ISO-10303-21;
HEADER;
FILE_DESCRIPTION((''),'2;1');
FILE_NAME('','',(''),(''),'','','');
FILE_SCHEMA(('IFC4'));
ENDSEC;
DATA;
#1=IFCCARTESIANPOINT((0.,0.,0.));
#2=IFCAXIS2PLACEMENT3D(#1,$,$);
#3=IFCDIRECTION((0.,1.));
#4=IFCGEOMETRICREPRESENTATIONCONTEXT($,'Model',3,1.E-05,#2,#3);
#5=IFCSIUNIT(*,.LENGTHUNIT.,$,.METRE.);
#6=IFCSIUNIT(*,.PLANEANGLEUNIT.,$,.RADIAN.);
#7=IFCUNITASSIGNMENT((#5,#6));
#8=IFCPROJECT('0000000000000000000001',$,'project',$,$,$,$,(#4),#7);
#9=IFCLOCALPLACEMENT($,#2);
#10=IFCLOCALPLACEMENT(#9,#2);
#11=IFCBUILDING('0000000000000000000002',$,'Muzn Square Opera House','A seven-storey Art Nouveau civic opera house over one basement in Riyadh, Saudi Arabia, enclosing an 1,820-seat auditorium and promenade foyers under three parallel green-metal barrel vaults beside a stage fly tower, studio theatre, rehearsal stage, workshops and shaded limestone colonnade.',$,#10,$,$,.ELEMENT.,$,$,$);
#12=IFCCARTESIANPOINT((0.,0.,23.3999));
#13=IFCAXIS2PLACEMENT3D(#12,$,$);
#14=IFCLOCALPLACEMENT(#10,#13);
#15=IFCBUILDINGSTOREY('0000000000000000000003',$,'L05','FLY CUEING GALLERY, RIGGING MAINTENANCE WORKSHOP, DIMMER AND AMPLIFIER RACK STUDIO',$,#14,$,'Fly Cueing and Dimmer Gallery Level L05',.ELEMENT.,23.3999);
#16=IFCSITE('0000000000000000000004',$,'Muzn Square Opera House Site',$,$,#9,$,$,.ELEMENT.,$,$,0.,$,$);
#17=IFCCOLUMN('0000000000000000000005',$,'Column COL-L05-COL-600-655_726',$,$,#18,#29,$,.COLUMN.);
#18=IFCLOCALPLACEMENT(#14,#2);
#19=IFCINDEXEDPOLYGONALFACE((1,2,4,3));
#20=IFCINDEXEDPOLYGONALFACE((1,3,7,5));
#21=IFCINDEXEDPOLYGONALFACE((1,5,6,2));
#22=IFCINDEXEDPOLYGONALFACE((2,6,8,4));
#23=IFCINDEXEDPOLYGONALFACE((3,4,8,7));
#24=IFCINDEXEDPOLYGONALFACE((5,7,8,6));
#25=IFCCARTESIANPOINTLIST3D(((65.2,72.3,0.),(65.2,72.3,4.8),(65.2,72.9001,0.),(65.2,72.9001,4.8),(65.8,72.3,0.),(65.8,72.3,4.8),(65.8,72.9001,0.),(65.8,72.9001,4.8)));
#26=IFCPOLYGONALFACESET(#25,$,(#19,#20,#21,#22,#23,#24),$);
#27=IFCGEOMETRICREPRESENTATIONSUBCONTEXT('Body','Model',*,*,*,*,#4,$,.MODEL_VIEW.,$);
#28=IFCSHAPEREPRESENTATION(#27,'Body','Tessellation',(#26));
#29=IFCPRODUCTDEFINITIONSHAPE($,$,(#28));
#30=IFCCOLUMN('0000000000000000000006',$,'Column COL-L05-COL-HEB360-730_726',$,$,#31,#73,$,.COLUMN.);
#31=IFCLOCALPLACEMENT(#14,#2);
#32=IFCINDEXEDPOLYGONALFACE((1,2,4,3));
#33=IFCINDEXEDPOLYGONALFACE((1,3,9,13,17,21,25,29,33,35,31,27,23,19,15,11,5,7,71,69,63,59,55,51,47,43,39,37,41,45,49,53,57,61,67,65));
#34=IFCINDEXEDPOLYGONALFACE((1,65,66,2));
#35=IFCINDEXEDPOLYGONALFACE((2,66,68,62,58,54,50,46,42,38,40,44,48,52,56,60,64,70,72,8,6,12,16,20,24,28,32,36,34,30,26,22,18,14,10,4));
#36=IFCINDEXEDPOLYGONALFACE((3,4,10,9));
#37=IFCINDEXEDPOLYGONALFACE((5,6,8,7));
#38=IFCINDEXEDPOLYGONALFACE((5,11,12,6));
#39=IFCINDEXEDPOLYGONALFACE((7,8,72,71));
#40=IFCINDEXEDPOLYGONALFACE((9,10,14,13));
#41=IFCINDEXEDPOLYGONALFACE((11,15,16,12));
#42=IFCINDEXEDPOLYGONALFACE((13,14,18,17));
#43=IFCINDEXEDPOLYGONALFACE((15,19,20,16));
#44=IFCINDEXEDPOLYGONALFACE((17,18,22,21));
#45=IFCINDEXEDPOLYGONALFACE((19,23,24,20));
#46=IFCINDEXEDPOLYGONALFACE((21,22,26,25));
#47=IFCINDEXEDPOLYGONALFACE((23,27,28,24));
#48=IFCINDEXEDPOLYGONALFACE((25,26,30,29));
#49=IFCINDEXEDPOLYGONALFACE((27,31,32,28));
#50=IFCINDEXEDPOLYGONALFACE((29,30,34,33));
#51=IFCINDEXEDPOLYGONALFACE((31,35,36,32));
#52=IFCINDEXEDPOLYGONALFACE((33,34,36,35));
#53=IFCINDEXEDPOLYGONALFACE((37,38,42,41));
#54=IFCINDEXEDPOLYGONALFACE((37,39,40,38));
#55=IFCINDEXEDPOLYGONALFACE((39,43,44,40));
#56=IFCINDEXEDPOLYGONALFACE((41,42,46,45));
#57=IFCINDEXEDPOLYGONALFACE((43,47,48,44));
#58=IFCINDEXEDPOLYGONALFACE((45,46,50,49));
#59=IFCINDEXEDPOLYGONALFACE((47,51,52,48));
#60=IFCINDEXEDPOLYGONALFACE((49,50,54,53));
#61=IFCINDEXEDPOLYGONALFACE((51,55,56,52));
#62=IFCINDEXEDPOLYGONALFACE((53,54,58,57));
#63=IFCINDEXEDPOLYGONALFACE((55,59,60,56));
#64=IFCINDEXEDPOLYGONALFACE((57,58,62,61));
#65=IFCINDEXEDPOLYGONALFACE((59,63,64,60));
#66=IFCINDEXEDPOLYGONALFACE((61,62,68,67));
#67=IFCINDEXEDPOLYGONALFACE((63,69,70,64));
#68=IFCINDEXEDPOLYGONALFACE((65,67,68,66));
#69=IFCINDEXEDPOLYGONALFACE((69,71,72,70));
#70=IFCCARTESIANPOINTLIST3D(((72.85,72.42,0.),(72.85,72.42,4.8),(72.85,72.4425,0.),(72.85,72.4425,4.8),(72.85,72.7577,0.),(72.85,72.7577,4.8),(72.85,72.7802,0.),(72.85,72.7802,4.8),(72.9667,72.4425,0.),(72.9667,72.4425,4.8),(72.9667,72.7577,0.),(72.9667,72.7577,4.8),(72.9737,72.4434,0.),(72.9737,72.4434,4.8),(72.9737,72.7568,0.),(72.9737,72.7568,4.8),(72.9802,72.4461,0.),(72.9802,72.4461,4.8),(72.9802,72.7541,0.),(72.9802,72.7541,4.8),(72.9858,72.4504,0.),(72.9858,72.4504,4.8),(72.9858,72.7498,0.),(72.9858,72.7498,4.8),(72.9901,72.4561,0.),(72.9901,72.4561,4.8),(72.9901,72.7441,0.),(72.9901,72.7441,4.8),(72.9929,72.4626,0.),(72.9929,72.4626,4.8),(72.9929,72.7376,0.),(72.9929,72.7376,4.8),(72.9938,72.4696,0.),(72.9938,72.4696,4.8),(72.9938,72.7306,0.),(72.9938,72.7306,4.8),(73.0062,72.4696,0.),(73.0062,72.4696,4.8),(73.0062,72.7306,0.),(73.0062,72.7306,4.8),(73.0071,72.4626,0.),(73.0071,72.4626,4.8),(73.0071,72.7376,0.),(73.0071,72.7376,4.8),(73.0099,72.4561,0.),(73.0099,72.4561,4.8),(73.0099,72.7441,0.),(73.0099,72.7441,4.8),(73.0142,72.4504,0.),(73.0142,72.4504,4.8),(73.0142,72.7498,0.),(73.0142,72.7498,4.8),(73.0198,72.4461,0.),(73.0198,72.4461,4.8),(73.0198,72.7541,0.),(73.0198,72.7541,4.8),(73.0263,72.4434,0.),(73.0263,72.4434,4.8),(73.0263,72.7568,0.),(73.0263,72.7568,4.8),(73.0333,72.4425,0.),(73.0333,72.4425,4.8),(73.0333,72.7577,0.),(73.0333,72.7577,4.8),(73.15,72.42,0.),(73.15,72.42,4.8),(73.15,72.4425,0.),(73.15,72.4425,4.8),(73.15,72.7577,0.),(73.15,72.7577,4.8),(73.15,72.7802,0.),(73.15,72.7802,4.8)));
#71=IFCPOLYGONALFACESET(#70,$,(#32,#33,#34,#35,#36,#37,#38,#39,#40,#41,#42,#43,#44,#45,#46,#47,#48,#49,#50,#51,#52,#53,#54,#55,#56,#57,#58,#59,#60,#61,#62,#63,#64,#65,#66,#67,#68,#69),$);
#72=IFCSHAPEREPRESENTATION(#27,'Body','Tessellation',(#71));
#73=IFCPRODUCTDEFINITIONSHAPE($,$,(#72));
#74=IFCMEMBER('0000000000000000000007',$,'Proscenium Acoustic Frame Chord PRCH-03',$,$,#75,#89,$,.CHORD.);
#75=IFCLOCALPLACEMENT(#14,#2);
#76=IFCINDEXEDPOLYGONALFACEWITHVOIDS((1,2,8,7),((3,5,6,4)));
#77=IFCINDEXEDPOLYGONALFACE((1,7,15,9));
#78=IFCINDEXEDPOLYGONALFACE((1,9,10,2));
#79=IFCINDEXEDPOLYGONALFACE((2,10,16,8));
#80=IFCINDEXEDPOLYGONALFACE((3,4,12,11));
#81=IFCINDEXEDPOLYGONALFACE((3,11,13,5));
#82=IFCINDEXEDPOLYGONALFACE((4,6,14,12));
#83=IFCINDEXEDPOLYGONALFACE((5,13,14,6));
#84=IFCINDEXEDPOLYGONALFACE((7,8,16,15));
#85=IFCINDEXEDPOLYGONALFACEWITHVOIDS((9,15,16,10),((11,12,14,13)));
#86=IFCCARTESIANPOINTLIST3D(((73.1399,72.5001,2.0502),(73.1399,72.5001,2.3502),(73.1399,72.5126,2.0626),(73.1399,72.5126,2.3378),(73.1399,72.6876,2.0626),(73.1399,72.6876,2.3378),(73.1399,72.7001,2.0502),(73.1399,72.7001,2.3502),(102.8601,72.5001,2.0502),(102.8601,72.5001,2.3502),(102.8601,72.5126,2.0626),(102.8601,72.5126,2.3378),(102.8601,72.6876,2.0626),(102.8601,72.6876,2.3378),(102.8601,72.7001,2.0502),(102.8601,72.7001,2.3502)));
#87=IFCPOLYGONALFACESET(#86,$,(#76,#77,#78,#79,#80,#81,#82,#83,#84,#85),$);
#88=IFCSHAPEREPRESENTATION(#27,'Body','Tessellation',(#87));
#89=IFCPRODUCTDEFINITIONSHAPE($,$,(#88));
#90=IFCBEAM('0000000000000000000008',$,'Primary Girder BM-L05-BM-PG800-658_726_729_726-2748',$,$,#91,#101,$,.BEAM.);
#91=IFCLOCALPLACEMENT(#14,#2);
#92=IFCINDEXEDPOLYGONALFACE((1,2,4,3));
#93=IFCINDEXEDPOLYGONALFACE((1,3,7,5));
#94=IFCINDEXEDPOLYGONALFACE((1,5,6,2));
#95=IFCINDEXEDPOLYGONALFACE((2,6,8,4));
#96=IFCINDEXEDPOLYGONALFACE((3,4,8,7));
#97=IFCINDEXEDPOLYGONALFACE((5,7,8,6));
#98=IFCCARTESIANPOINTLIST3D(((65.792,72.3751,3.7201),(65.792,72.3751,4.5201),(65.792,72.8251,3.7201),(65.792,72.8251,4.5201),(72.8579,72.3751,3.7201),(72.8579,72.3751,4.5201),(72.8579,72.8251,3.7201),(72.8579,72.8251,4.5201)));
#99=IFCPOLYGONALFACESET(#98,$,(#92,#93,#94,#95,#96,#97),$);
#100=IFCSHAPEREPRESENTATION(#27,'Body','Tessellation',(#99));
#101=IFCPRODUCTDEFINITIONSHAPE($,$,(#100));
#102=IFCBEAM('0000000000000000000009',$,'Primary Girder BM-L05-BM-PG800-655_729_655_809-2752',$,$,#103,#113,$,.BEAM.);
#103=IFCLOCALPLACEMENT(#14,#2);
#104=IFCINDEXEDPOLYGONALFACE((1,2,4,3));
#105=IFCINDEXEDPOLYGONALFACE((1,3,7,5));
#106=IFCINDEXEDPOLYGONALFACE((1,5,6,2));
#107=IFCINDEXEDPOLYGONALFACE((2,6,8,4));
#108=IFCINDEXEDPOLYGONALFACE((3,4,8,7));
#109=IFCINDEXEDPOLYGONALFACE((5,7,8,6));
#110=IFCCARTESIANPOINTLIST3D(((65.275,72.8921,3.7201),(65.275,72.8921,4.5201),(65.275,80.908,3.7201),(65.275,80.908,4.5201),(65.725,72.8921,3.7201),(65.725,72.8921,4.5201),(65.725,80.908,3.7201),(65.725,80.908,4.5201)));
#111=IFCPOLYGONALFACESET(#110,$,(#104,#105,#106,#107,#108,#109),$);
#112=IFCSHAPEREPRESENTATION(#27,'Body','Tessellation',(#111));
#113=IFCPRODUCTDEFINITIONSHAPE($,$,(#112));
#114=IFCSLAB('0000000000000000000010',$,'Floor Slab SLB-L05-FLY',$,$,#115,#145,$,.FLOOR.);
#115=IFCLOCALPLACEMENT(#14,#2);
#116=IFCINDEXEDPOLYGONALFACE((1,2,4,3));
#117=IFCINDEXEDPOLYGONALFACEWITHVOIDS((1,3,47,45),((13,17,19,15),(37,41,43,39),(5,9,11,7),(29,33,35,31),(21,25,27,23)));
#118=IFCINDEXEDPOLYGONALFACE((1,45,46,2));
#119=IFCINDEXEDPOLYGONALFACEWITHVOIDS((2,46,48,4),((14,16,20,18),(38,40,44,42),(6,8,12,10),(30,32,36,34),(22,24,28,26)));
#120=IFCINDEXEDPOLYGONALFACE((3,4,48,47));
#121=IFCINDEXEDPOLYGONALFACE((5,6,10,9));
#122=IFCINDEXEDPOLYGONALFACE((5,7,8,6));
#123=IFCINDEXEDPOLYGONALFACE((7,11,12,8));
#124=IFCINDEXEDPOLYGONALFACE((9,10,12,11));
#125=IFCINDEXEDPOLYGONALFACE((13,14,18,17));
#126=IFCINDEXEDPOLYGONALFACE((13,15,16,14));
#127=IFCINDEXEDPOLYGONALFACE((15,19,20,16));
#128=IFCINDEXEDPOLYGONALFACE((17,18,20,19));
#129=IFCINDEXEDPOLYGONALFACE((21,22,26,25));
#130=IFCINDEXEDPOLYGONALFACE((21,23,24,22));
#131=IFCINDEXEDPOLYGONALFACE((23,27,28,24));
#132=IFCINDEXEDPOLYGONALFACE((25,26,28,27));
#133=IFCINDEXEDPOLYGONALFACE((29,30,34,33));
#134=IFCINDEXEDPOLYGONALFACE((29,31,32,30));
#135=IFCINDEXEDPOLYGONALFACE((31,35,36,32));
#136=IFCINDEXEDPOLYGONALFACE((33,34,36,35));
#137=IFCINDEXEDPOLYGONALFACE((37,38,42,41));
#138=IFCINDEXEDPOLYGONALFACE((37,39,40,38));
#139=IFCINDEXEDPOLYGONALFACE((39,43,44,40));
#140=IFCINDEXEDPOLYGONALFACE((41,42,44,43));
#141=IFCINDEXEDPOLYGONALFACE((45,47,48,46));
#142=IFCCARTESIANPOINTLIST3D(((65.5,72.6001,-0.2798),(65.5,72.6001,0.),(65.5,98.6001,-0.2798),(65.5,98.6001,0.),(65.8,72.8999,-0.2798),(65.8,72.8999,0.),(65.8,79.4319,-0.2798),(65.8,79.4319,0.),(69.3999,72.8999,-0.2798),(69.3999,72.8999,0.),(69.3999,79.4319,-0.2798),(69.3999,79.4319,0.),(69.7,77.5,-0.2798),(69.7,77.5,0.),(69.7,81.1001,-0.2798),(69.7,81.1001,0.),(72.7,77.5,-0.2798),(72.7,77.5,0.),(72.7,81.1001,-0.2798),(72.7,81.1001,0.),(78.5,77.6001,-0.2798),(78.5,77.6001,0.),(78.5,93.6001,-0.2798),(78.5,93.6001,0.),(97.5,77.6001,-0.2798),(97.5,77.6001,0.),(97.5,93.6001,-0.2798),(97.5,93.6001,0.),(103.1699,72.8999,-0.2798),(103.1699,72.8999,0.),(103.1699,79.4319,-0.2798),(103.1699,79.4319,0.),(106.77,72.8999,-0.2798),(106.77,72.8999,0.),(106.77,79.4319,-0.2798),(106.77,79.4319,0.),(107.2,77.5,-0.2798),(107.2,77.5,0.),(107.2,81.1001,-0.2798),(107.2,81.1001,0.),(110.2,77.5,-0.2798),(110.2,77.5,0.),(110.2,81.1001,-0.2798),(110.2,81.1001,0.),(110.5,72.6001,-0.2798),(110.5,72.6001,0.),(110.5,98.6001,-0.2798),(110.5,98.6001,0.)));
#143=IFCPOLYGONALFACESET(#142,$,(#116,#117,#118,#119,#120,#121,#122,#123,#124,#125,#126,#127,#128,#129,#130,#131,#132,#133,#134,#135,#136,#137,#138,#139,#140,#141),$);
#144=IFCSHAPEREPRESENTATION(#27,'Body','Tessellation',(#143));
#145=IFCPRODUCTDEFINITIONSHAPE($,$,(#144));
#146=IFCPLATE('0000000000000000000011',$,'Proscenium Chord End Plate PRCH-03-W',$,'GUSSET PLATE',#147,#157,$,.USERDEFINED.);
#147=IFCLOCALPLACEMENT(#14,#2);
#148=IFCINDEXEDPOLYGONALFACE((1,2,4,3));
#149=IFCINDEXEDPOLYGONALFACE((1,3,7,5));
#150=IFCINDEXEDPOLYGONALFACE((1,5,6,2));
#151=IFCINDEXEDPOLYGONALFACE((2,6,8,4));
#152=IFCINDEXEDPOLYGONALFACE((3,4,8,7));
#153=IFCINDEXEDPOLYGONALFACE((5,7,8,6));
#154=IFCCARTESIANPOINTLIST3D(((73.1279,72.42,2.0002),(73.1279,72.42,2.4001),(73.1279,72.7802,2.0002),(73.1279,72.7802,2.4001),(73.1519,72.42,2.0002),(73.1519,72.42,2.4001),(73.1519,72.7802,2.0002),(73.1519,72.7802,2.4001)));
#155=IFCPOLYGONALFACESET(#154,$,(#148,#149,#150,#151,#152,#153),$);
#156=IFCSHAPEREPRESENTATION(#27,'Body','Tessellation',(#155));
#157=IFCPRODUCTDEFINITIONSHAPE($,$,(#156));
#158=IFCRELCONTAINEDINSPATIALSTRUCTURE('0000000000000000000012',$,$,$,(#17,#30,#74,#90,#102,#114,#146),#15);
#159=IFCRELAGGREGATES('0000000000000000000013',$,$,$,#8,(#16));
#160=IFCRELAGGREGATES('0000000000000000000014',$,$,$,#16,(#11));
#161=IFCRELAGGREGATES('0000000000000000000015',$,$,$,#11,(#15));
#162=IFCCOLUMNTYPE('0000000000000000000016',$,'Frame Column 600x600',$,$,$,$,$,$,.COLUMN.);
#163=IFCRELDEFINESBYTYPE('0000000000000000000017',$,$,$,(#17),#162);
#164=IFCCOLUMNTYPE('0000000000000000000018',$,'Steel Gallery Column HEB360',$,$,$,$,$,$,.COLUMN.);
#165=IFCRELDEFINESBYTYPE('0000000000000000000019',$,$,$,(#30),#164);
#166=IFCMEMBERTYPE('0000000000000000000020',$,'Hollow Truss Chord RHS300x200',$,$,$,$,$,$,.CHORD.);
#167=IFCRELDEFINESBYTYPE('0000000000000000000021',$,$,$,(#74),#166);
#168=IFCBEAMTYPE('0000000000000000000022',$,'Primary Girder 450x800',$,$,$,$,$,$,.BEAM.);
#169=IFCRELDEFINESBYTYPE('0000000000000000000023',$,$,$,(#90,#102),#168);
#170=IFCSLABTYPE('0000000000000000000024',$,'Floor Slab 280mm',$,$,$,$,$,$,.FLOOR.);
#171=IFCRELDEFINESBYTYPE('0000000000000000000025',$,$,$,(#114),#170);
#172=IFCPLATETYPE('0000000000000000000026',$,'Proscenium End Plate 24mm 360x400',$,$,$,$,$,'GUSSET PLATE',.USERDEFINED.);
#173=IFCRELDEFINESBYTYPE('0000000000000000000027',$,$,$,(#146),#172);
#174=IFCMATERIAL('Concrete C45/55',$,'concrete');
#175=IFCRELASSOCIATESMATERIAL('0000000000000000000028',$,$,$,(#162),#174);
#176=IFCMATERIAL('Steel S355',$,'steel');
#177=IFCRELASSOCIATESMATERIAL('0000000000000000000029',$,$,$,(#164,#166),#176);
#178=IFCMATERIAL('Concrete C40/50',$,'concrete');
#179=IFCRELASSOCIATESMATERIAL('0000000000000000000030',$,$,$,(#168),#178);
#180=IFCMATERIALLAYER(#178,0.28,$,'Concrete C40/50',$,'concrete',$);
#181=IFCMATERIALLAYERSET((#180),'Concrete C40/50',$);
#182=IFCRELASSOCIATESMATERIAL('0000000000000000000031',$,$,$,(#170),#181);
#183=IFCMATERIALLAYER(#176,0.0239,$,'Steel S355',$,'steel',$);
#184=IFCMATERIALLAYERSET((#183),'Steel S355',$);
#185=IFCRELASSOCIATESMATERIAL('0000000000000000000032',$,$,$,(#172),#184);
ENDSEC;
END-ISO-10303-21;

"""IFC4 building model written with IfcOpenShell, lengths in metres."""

from ifc_helpers import new_model, si_unit, direction, frame, origin, origin_2d, place, context, subcontext, project, spatial, polyline, rectangle, hollow_rectangle, i_section, outline, extrude, material, layer, layer_set, material_profile, profile_set, type_object, element, save


model = new_model("IFC4")

# Units and contexts
model_context = context("Model", 3, precision=1e-05, world=origin(), true_north=direction((0.0, 1.0)))
body_context = subcontext(model_context, "Body", "Model", "MODEL_VIEW")
ifc_project = project(units=[si_unit("LENGTHUNIT", "METRE"), si_unit("PLANEANGLEUNIT", "RADIAN")], contexts=[model_context])

# Site, building, storey
site_placement = place(None, origin())
site = spatial("IfcSite", under=ifc_project, at=site_placement, Name="Muzn Square Opera House Site", CompositionType="ELEMENT", RefElevation=0.0)
building_placement = place(site_placement, origin())
building = spatial("IfcBuilding", under=site, at=building_placement, Name="Muzn Square Opera House", Description="A seven-storey Art Nouveau civic opera house over one basement in Riyadh, Saudi Arabia, enclosing an 1,820-seat auditorium and promenade foyers under three parallel green-metal barrel vaults beside a stage fly tower, studio theatre, rehearsal stage, workshops and shaded limestone colonnade.", CompositionType="ELEMENT")
storey_placement = place(building_placement, frame((0.0, 0.0, 23.3999)))
storey = spatial("IfcBuildingStorey", under=building, at=storey_placement, Name="L05", Description="FLY CUEING GALLERY, RIGGING MAINTENANCE WORKSHOP, DIMMER AND AMPLIFIER RACK STUDIO", LongName="Fly Cueing and Dimmer Gallery Level L05", CompositionType="ELEMENT", Elevation=23.3999)

# Columns
ifc_material_1 = material(Name="Concrete C45/55", Category="concrete")
ifc_material_profile_1 = material_profile(ifc_material_1, rectangle(XDim=0.6001, YDim=0.6001, at=origin_2d()), Name="RC 600x600", Category="concrete")
ifc_profile_set_1 = profile_set([ifc_material_profile_1], Name="Concrete C45/55")
column_type_1 = type_object("IfcColumnType", Name="Frame Column 600x600", PredefinedType="COLUMN", material=ifc_profile_set_1)
column_1_placement = place(storey_placement, frame((65.5, 72.6001, 0.0), z_axis=(0.0, 0.0, 1.0), x_axis=(1.0, 0.0, 0.0)))
element("IfcColumn", 1, at=column_1_placement, inside=storey, type_object=column_type_1, Name="Column COL-L05-COL-600-655_726", PredefinedType="COLUMN", context=body_context, shape_type="SweptSolid", body=[
    extrude(rectangle(XDim=0.6001, YDim=0.6001, at=origin_2d()), origin(), (0.0, 0.0, 1.0), 4.8),
])
ifc_material_2 = material(Name="Steel S355", Category="steel")
ifc_material_profile_2 = material_profile(ifc_material_2, i_section(OverallWidth=0.3, OverallDepth=0.3601, WebThickness=0.0125, FlangeThickness=0.0225, FilletRadius=0.0271, at=origin_2d()), Name="HEB 360", Category="steel")
ifc_profile_set_2 = profile_set([ifc_material_profile_2], Name="Steel S355")
column_type_2 = type_object("IfcColumnType", Name="Steel Gallery Column HEB360", PredefinedType="COLUMN", material=ifc_profile_set_2)
column_2_placement = place(storey_placement, frame((73.0, 72.6001, 0.0), z_axis=(0.0, 0.0, 1.0), x_axis=(1.0, 0.0, 0.0)))
element("IfcColumn", 2, at=column_2_placement, inside=storey, type_object=column_type_2, Name="Column COL-L05-COL-HEB360-730_726", PredefinedType="COLUMN", context=body_context, shape_type="SweptSolid", body=[
    extrude(i_section(OverallWidth=0.3, OverallDepth=0.3601, WebThickness=0.0125, FlangeThickness=0.0225, FilletRadius=0.0271, at=origin_2d()), origin(), (0.0, 0.0, 1.0), 4.8),
])

# Member
ifc_material_profile_3 = material_profile(ifc_material_2, hollow_rectangle(XDim=0.2, YDim=0.3, WallThickness=0.0125, at=origin_2d()), Name="RHS 300x200x12.5", Category="steel")
ifc_profile_set_3 = profile_set([ifc_material_profile_3], Name="Steel S355")
member_type = type_object("IfcMemberType", Name="Hollow Truss Chord RHS300x200", PredefinedType="CHORD", material=ifc_profile_set_3)
member_placement = place(storey_placement, frame((73.1399, 72.6001, 2.2002), z_axis=(1.0, 0.0, 0.0), x_axis=(0.0, 1.0, 0.0)))
element("IfcMember", 3, at=member_placement, inside=storey, type_object=member_type, Name="Proscenium Acoustic Frame Chord PRCH-03", PredefinedType="CHORD", context=body_context, shape_type="SweptSolid", body=[
    extrude(hollow_rectangle(XDim=0.2, YDim=0.3, WallThickness=0.0125, at=origin_2d()), origin(), (0.0, 0.0, 1.0), 29.7202),
])

# Beams
ifc_material_3 = material(Name="Concrete C40/50", Category="concrete")
ifc_material_profile_4 = material_profile(ifc_material_3, rectangle(XDim=0.45, YDim=0.8, at=origin_2d()), Name="RCB 450x800", Category="concrete")
ifc_profile_set_4 = profile_set([ifc_material_profile_4], Name="Concrete C40/50")
beam_type = type_object("IfcBeamType", Name="Primary Girder 450x800", PredefinedType="BEAM", material=ifc_profile_set_4)
beam_1_placement = place(storey_placement, frame((65.792, 72.6001, 4.1201), z_axis=(1.0, 0.0, 0.0), x_axis=(0.0, 1.0, 0.0)))
element("IfcBeam", 4, at=beam_1_placement, inside=storey, type_object=beam_type, Name="Primary Girder BM-L05-BM-PG800-658_726_729_726-2748", PredefinedType="BEAM", context=body_context, shape_type="SweptSolid", body=[
    extrude(rectangle(XDim=0.45, YDim=0.8, at=origin_2d()), origin(), (0.0, 0.0, 1.0), 7.0659),
])
beam_2_placement = place(storey_placement, frame((65.5, 72.8921, 4.1201), z_axis=(0.0, 1.0, 0.0), x_axis=(-1.0, 0.0, 0.0)))
element("IfcBeam", 5, at=beam_2_placement, inside=storey, type_object=beam_type, Name="Primary Girder BM-L05-BM-PG800-655_729_655_809-2752", PredefinedType="BEAM", context=body_context, shape_type="SweptSolid", body=[
    extrude(rectangle(XDim=0.45, YDim=0.8, at=origin_2d()), origin(), (0.0, 0.0, 1.0), 8.0159),
])

# Slab
ifc_layer_1 = layer(ifc_material_3, 0.28, Name="Concrete C40/50", Category="concrete")
ifc_layer_set_1 = layer_set([ifc_layer_1], Name="Concrete C40/50")
slab_type_1 = type_object("IfcSlabType", Name="Floor Slab 280mm", PredefinedType="FLOOR", material=ifc_layer_set_1)
slab_1_placement = place(storey_placement, frame((0.0, 0.0, -0.2798)))
element("IfcSlab", 6, at=slab_1_placement, inside=storey, type_object=slab_type_1, Name="Floor Slab SLB-L05-FLY", PredefinedType="FLOOR", context=body_context, shape_type="SweptSolid", body=[
    extrude(outline(polyline([(65.5, 72.6001), (110.5, 72.6001), (110.5, 98.6001), (65.5, 98.6001), (65.5, 72.6001)]), holes=[polyline([(78.5, 77.6001), (97.5, 77.6001), (97.5, 93.6001), (78.5, 93.6001), (78.5, 77.6001)]), polyline([(65.8, 72.8999), (69.3999, 72.8999), (69.3999, 79.4319), (65.8, 79.4319), (65.8, 72.8999)]), polyline([(69.7, 77.5), (72.7, 77.5), (72.7, 81.1001), (69.7, 81.1001), (69.7, 77.5)]), polyline([(103.1699, 72.8999), (106.77, 72.8999), (106.77, 79.4319), (103.1699, 79.4319), (103.1699, 72.8999)]), polyline([(107.2, 77.5), (110.2, 77.5), (110.2, 81.1001), (107.2, 81.1001), (107.2, 77.5)])]), origin(), (0.0, 0.0, 1.0), 0.2798),
])

# Plate
ifc_layer_2 = layer(ifc_material_2, 0.0239, Name="Steel S355", Category="steel")
ifc_layer_set_2 = layer_set([ifc_layer_2], Name="Steel S355")
plate_type = type_object("IfcPlateType", Name="Proscenium End Plate 24mm 360x400", ElementType="GUSSET PLATE", PredefinedType="USERDEFINED", material=ifc_layer_set_2)
plate_placement = place(storey_placement, frame((73.1399, 72.6001, 2.0002), z_axis=(0.0, 0.0, 1.0), x_axis=(1.0, 0.0, 0.0)))
element("IfcPlate", 7, at=plate_placement, inside=storey, type_object=plate_type, Name="Proscenium Chord End Plate PRCH-03-W", ObjectType="GUSSET PLATE", PredefinedType="USERDEFINED", context=body_context, shape_type="SweptSolid", body=[
    extrude(rectangle(XDim=0.0239, YDim=0.3601, at=origin_2d()), origin(), (0.0, 0.0, 1.0), 0.3999),
])

save(model, "model.ifc")
